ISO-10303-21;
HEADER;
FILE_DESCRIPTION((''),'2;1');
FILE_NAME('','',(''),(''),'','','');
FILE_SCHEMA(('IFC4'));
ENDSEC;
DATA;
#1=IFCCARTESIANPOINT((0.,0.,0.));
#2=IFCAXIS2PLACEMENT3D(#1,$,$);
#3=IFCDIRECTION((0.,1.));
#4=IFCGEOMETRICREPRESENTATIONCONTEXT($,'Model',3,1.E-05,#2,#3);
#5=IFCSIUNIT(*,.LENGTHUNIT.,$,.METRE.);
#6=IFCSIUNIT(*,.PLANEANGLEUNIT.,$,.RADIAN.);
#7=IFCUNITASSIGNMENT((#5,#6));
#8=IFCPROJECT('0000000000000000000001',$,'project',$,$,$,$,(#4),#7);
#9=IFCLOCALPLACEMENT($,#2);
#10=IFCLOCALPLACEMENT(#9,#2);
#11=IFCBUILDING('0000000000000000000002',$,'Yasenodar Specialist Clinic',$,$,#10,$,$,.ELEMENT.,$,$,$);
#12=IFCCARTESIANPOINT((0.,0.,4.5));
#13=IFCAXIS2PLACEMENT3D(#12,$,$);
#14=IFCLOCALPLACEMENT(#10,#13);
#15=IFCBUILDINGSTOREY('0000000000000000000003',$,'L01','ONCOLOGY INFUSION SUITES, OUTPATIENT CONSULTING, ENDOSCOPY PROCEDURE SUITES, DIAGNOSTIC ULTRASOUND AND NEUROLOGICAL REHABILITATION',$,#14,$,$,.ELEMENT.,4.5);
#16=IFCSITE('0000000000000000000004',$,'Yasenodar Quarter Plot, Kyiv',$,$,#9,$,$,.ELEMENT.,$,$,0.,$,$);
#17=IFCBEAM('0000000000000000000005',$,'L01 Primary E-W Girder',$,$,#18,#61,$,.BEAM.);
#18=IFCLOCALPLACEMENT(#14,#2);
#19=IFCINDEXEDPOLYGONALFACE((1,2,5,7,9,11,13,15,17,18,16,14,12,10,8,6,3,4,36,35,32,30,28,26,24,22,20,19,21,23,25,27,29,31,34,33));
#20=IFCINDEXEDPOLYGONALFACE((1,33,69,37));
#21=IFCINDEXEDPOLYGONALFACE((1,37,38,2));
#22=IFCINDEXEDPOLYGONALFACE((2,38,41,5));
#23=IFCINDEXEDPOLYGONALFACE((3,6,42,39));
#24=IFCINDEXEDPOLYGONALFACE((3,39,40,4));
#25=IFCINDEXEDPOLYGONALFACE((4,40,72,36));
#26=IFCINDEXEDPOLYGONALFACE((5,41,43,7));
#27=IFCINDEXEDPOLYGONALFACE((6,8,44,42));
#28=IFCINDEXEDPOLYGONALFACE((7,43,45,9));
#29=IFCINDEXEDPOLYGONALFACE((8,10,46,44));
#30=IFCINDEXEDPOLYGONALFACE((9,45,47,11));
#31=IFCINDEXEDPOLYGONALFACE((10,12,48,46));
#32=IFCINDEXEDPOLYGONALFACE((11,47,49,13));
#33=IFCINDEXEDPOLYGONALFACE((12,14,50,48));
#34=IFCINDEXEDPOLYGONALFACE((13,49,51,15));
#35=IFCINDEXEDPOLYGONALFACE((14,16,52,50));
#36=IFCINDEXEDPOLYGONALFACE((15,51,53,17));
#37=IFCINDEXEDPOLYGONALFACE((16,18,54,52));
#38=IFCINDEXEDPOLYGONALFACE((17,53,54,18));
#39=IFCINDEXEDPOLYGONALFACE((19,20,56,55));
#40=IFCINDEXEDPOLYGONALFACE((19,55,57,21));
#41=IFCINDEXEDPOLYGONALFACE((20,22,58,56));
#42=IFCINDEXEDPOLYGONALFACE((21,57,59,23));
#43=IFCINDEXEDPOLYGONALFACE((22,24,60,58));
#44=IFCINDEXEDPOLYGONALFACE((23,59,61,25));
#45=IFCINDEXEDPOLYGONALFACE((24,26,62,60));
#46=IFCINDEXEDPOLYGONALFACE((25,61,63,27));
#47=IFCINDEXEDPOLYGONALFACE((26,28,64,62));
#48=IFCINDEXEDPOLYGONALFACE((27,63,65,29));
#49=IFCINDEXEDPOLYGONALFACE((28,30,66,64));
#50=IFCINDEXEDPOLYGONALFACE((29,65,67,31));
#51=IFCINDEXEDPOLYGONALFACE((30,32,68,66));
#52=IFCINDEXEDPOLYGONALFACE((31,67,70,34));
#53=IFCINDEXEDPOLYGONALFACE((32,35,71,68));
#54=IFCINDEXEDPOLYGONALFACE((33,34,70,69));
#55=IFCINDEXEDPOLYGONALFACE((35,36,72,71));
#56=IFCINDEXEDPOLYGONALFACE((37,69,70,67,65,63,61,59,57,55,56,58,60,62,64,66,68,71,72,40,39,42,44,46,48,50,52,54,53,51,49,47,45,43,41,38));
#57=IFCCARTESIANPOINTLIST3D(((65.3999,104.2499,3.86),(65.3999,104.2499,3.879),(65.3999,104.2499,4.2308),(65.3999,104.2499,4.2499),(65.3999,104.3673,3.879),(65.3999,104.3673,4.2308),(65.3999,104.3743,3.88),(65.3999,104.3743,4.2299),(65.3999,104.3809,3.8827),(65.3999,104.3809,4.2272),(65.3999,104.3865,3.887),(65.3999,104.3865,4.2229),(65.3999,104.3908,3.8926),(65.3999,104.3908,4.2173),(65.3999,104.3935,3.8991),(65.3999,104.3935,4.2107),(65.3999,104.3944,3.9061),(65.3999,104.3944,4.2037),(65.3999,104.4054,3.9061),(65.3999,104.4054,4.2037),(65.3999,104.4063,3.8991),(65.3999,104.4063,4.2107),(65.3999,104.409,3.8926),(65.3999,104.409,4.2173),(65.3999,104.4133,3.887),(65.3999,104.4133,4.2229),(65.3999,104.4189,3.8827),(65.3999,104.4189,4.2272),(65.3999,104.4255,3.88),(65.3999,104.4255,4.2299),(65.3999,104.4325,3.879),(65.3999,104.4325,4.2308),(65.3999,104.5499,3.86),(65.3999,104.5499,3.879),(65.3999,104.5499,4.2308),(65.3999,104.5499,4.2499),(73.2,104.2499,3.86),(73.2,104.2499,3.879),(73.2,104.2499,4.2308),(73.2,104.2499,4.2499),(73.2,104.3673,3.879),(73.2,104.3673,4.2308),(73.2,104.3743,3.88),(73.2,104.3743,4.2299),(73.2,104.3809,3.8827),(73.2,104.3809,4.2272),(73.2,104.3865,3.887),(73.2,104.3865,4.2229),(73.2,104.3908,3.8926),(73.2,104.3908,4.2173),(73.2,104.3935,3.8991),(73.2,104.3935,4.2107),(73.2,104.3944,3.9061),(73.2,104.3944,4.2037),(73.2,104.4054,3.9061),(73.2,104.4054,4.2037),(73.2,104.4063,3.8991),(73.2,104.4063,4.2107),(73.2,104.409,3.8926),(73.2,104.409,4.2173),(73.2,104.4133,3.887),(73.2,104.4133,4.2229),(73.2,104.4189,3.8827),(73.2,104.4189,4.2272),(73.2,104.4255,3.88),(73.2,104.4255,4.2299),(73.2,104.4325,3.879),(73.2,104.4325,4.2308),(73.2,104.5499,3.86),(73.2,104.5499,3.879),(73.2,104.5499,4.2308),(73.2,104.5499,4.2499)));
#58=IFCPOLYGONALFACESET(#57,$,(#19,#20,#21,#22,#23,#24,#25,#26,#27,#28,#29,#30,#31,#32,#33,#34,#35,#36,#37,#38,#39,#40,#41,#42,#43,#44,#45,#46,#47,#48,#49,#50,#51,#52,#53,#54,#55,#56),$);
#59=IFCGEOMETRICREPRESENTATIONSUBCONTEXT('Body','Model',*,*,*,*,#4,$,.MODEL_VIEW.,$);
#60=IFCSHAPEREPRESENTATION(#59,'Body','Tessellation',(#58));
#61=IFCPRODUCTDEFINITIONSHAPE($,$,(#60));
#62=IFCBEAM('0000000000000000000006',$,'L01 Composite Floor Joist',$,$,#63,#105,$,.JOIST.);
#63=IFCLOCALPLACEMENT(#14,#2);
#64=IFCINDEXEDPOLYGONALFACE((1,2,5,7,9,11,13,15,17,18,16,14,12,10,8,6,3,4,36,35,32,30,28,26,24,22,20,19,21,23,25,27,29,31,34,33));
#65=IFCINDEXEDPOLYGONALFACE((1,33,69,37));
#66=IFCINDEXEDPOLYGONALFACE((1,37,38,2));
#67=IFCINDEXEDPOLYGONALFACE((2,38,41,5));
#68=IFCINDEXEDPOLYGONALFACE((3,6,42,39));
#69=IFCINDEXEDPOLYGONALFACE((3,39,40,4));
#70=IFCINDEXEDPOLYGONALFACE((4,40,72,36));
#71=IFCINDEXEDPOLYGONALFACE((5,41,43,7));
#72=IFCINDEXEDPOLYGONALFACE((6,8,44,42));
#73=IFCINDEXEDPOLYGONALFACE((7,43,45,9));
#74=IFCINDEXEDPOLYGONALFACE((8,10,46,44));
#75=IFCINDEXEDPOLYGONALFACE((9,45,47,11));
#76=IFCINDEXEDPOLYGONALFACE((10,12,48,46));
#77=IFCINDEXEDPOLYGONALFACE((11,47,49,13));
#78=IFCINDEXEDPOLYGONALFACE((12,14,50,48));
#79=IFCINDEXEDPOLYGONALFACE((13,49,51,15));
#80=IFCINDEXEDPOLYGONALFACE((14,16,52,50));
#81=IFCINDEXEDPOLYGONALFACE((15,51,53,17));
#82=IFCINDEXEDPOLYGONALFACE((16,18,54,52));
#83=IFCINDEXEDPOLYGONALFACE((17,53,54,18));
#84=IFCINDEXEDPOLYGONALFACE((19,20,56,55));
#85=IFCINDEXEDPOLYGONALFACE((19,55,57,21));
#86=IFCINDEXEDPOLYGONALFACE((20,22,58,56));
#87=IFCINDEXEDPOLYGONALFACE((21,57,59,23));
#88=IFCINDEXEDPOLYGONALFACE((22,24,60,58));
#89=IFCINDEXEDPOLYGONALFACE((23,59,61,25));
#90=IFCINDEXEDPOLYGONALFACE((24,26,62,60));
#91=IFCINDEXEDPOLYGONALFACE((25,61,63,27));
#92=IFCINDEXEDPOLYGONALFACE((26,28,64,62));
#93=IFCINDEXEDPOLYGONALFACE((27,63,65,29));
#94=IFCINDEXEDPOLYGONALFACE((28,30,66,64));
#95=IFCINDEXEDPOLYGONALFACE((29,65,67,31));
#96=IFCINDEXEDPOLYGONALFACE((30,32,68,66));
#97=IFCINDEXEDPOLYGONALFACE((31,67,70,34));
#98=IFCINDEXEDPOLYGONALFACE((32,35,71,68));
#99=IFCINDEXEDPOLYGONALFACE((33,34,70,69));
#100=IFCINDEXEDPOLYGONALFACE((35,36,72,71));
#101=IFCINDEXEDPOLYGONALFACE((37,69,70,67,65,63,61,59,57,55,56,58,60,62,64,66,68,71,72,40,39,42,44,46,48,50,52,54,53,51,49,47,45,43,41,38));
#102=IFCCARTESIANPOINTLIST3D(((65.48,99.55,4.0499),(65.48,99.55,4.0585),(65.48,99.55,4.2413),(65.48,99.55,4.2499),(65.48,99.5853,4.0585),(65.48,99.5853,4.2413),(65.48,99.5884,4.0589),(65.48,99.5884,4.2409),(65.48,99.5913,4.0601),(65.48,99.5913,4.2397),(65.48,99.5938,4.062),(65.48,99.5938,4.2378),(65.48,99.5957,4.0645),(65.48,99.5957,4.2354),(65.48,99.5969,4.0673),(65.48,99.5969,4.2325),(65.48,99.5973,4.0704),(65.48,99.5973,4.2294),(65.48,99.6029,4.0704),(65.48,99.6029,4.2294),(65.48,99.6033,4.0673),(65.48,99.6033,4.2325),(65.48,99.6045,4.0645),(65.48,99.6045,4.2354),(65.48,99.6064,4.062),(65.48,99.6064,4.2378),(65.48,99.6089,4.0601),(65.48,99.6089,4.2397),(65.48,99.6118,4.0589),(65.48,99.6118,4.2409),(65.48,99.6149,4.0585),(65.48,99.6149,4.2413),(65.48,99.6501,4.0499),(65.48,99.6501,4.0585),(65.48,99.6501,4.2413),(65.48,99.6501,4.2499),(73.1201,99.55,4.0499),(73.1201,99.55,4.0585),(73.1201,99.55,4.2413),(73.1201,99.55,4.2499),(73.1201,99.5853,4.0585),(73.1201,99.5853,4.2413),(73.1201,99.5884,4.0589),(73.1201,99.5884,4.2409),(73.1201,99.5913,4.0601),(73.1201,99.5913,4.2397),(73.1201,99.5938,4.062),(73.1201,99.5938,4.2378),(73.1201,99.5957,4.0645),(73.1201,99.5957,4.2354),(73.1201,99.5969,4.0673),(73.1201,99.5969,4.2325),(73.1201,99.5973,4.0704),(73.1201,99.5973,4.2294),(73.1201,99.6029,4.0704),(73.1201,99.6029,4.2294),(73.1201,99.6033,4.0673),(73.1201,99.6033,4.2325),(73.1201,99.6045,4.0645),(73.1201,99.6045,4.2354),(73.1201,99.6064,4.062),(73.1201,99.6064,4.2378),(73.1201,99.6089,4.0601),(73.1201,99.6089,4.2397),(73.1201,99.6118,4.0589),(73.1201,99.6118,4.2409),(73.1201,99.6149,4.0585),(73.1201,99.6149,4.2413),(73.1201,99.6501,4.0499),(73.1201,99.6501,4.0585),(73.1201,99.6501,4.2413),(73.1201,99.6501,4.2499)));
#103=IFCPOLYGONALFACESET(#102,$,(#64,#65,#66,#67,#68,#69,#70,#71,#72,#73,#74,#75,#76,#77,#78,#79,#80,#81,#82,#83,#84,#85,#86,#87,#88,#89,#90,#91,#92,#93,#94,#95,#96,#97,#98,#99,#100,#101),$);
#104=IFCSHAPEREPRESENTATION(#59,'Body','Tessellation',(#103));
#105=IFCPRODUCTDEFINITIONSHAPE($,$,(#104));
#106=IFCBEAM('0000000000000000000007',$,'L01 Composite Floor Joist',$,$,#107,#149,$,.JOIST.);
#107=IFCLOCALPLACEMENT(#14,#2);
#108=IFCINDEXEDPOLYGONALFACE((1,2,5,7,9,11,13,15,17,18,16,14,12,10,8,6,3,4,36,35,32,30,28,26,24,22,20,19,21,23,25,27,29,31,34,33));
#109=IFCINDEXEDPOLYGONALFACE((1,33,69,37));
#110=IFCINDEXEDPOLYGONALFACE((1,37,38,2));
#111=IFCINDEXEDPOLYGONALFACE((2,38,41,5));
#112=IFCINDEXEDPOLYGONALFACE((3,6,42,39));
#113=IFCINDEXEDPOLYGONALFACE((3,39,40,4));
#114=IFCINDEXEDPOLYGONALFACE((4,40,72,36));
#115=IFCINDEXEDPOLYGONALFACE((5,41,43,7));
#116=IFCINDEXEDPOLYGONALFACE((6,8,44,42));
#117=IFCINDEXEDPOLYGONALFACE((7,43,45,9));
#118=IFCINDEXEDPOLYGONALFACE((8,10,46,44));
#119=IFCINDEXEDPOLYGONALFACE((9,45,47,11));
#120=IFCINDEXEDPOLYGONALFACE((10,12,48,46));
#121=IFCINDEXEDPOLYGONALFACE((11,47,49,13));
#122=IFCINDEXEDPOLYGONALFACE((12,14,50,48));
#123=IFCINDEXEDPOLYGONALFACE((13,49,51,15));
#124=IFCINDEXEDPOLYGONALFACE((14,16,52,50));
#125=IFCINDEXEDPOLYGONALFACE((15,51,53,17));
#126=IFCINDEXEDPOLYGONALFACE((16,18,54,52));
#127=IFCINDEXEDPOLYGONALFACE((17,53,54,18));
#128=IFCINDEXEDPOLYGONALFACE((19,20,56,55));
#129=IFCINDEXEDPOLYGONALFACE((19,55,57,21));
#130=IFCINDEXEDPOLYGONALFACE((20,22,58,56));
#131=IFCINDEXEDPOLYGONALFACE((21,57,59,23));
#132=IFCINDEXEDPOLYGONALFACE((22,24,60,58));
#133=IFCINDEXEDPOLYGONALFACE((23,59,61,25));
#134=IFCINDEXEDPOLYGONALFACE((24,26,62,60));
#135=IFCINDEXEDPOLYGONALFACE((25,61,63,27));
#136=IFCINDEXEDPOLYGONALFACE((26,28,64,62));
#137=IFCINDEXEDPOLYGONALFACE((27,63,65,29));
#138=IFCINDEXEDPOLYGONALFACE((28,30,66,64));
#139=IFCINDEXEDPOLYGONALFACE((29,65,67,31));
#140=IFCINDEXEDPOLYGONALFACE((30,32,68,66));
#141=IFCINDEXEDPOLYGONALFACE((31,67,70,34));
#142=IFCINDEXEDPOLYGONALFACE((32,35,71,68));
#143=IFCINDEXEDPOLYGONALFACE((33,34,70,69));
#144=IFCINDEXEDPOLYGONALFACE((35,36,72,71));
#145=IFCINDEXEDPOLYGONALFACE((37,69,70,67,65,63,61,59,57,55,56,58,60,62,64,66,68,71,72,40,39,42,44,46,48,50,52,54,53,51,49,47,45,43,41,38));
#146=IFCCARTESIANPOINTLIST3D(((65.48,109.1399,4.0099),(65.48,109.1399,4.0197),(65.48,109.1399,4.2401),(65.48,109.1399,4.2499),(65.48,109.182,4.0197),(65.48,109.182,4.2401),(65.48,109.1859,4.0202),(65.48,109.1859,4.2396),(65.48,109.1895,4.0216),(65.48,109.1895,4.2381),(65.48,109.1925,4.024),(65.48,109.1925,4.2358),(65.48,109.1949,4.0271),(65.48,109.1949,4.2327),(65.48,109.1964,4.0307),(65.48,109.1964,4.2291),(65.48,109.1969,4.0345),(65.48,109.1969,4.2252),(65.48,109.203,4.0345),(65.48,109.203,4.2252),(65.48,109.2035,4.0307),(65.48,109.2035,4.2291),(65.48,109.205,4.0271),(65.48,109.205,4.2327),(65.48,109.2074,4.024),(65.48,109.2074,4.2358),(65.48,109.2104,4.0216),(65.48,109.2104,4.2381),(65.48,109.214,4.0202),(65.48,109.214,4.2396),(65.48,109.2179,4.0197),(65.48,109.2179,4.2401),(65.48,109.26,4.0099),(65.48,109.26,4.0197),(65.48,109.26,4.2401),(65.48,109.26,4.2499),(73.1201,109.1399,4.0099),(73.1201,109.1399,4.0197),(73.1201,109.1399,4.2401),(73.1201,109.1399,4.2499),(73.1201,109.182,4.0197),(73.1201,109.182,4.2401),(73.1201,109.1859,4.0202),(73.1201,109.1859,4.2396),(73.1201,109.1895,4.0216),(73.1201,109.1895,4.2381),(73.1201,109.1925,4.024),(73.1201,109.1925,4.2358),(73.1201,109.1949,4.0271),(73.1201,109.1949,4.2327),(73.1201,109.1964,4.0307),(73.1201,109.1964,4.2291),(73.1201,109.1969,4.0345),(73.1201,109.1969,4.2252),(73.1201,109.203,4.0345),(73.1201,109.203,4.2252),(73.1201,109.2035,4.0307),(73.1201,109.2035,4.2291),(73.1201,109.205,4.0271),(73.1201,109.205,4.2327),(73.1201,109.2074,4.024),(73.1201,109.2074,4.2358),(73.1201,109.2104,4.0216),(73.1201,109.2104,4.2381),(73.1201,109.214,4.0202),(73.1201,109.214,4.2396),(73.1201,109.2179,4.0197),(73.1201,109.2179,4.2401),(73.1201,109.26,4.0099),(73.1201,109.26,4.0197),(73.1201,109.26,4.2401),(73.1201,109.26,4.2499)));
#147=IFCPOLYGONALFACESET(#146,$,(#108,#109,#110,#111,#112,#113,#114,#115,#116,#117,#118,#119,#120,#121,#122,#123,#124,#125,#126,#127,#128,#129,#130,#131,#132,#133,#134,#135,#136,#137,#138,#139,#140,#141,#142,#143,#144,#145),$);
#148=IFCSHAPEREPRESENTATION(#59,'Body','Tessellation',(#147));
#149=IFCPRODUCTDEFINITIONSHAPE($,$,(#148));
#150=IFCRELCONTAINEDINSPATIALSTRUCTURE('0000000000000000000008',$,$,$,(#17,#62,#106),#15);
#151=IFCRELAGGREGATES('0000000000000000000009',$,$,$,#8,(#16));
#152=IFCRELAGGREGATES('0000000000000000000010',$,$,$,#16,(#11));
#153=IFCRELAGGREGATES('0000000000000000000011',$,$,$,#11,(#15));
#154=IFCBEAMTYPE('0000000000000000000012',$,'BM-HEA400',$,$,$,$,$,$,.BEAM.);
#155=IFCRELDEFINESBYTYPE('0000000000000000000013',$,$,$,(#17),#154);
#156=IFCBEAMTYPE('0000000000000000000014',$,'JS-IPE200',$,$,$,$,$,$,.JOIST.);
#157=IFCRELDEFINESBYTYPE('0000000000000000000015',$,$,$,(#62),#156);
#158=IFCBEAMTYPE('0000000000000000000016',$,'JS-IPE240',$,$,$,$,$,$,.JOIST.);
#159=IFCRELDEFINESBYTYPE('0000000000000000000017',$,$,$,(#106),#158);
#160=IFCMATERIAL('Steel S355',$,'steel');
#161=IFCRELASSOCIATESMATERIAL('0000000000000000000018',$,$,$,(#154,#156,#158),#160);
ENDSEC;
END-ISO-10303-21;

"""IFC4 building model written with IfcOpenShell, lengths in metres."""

from ifc_helpers import new_model, si_unit, direction, frame, origin, origin_2d, place, context, subcontext, project, spatial, i_section, extrude, material, material_profile, profile_set, type_object, element, save


model = new_model("IFC4")

# Units and contexts
model_context = context("Model", 3, precision=1e-05, world=origin(), true_north=direction((0.0, 1.0)))
body_context = subcontext(model_context, "Body", "Model", "MODEL_VIEW")
ifc_project = project(units=[si_unit("LENGTHUNIT", "METRE"), si_unit("PLANEANGLEUNIT", "RADIAN")], contexts=[model_context])

# Site, building, storey
site_placement = place(None, origin())
site = spatial("IfcSite", under=ifc_project, at=site_placement, Name="Yasenodar Quarter Plot, Kyiv", CompositionType="ELEMENT", RefElevation=0.0)
building_placement = place(site_placement, origin())
building = spatial("IfcBuilding", under=site, at=building_placement, Name="Yasenodar Specialist Clinic", CompositionType="ELEMENT")
storey_placement = place(building_placement, frame((0.0, 0.0, 4.5)))
storey = spatial("IfcBuildingStorey", under=building, at=storey_placement, Name="L01", Description="ONCOLOGY INFUSION SUITES, OUTPATIENT CONSULTING, ENDOSCOPY PROCEDURE SUITES, DIAGNOSTIC ULTRASOUND AND NEUROLOGICAL REHABILITATION", CompositionType="ELEMENT", Elevation=4.5)

# Shared definitions
ifc_material_1 = material(Name="Steel S355", Category="steel")

# Beams
ifc_material_profile_1 = material_profile(ifc_material_1, i_section(OverallWidth=0.3, OverallDepth=0.3899, WebThickness=0.011, FlangeThickness=0.019, FilletRadius=0.0271, at=origin_2d()), Name="HEA 400")
ifc_profile_set_1 = profile_set([ifc_material_profile_1], Name="Steel S355")
beam_type_1 = type_object("IfcBeamType", Name="BM-HEA400", PredefinedType="BEAM", material=ifc_profile_set_1)
beam_1_placement = place(storey_placement, frame((65.3999, 104.3999, 4.0549), z_axis=(1.0, 0.0, 0.0), x_axis=(0.0, 1.0, 0.0)))
element("IfcBeam", 1, at=beam_1_placement, inside=storey, type_object=beam_type_1, Name="L01 Primary E-W Girder", PredefinedType="BEAM", context=body_context, shape_type="SweptSolid", body=[
    extrude(i_section(OverallWidth=0.3, OverallDepth=0.3899, WebThickness=0.011, FlangeThickness=0.019, FilletRadius=0.0271, at=origin_2d()), origin(), (0.0, 0.0, 1.0), 7.8),
])
ifc_material_profile_2 = material_profile(ifc_material_1, i_section(OverallWidth=0.1001, OverallDepth=0.2, WebThickness=0.0056, FlangeThickness=0.0085, FilletRadius=0.012, at=origin_2d()), Name="IPE 200")
ifc_profile_set_2 = profile_set([ifc_material_profile_2], Name="Steel S355")
beam_type_2 = type_object("IfcBeamType", Name="JS-IPE200", PredefinedType="JOIST", material=ifc_profile_set_2)
beam_2_placement = place(storey_placement, frame((65.48, 99.6001, 4.1499), z_axis=(1.0, 0.0, 0.0), x_axis=(0.0, 1.0, 0.0)))
element("IfcBeam", 2, at=beam_2_placement, inside=storey, type_object=beam_type_2, Name="L01 Composite Floor Joist", PredefinedType="JOIST", context=body_context, shape_type="SweptSolid", body=[
    extrude(i_section(OverallWidth=0.1001, OverallDepth=0.2, WebThickness=0.0056, FlangeThickness=0.0085, FilletRadius=0.012, at=origin_2d()), origin(), (0.0, 0.0, 1.0), 7.6401),
])
ifc_material_profile_3 = material_profile(ifc_material_1, i_section(OverallWidth=0.1201, OverallDepth=0.24, WebThickness=0.0061, FlangeThickness=0.0098, FilletRadius=0.0149, at=origin_2d()), Name="IPE 240")
ifc_profile_set_3 = profile_set([ifc_material_profile_3], Name="Steel S355")
beam_type_3 = type_object("IfcBeamType", Name="JS-IPE240", PredefinedType="JOIST", material=ifc_profile_set_3)
beam_3_placement = place(storey_placement, frame((65.48, 109.2, 4.1299), z_axis=(1.0, 0.0, 0.0), x_axis=(0.0, 1.0, 0.0)))
element("IfcBeam", 3, at=beam_3_placement, inside=storey, type_object=beam_type_3, Name="L01 Composite Floor Joist", PredefinedType="JOIST", context=body_context, shape_type="SweptSolid", body=[
    extrude(i_section(OverallWidth=0.1201, OverallDepth=0.24, WebThickness=0.0061, FlangeThickness=0.0098, FilletRadius=0.0149, at=origin_2d()), origin(), (0.0, 0.0, 1.0), 7.6401),
])

save(model, "model.ifc")
